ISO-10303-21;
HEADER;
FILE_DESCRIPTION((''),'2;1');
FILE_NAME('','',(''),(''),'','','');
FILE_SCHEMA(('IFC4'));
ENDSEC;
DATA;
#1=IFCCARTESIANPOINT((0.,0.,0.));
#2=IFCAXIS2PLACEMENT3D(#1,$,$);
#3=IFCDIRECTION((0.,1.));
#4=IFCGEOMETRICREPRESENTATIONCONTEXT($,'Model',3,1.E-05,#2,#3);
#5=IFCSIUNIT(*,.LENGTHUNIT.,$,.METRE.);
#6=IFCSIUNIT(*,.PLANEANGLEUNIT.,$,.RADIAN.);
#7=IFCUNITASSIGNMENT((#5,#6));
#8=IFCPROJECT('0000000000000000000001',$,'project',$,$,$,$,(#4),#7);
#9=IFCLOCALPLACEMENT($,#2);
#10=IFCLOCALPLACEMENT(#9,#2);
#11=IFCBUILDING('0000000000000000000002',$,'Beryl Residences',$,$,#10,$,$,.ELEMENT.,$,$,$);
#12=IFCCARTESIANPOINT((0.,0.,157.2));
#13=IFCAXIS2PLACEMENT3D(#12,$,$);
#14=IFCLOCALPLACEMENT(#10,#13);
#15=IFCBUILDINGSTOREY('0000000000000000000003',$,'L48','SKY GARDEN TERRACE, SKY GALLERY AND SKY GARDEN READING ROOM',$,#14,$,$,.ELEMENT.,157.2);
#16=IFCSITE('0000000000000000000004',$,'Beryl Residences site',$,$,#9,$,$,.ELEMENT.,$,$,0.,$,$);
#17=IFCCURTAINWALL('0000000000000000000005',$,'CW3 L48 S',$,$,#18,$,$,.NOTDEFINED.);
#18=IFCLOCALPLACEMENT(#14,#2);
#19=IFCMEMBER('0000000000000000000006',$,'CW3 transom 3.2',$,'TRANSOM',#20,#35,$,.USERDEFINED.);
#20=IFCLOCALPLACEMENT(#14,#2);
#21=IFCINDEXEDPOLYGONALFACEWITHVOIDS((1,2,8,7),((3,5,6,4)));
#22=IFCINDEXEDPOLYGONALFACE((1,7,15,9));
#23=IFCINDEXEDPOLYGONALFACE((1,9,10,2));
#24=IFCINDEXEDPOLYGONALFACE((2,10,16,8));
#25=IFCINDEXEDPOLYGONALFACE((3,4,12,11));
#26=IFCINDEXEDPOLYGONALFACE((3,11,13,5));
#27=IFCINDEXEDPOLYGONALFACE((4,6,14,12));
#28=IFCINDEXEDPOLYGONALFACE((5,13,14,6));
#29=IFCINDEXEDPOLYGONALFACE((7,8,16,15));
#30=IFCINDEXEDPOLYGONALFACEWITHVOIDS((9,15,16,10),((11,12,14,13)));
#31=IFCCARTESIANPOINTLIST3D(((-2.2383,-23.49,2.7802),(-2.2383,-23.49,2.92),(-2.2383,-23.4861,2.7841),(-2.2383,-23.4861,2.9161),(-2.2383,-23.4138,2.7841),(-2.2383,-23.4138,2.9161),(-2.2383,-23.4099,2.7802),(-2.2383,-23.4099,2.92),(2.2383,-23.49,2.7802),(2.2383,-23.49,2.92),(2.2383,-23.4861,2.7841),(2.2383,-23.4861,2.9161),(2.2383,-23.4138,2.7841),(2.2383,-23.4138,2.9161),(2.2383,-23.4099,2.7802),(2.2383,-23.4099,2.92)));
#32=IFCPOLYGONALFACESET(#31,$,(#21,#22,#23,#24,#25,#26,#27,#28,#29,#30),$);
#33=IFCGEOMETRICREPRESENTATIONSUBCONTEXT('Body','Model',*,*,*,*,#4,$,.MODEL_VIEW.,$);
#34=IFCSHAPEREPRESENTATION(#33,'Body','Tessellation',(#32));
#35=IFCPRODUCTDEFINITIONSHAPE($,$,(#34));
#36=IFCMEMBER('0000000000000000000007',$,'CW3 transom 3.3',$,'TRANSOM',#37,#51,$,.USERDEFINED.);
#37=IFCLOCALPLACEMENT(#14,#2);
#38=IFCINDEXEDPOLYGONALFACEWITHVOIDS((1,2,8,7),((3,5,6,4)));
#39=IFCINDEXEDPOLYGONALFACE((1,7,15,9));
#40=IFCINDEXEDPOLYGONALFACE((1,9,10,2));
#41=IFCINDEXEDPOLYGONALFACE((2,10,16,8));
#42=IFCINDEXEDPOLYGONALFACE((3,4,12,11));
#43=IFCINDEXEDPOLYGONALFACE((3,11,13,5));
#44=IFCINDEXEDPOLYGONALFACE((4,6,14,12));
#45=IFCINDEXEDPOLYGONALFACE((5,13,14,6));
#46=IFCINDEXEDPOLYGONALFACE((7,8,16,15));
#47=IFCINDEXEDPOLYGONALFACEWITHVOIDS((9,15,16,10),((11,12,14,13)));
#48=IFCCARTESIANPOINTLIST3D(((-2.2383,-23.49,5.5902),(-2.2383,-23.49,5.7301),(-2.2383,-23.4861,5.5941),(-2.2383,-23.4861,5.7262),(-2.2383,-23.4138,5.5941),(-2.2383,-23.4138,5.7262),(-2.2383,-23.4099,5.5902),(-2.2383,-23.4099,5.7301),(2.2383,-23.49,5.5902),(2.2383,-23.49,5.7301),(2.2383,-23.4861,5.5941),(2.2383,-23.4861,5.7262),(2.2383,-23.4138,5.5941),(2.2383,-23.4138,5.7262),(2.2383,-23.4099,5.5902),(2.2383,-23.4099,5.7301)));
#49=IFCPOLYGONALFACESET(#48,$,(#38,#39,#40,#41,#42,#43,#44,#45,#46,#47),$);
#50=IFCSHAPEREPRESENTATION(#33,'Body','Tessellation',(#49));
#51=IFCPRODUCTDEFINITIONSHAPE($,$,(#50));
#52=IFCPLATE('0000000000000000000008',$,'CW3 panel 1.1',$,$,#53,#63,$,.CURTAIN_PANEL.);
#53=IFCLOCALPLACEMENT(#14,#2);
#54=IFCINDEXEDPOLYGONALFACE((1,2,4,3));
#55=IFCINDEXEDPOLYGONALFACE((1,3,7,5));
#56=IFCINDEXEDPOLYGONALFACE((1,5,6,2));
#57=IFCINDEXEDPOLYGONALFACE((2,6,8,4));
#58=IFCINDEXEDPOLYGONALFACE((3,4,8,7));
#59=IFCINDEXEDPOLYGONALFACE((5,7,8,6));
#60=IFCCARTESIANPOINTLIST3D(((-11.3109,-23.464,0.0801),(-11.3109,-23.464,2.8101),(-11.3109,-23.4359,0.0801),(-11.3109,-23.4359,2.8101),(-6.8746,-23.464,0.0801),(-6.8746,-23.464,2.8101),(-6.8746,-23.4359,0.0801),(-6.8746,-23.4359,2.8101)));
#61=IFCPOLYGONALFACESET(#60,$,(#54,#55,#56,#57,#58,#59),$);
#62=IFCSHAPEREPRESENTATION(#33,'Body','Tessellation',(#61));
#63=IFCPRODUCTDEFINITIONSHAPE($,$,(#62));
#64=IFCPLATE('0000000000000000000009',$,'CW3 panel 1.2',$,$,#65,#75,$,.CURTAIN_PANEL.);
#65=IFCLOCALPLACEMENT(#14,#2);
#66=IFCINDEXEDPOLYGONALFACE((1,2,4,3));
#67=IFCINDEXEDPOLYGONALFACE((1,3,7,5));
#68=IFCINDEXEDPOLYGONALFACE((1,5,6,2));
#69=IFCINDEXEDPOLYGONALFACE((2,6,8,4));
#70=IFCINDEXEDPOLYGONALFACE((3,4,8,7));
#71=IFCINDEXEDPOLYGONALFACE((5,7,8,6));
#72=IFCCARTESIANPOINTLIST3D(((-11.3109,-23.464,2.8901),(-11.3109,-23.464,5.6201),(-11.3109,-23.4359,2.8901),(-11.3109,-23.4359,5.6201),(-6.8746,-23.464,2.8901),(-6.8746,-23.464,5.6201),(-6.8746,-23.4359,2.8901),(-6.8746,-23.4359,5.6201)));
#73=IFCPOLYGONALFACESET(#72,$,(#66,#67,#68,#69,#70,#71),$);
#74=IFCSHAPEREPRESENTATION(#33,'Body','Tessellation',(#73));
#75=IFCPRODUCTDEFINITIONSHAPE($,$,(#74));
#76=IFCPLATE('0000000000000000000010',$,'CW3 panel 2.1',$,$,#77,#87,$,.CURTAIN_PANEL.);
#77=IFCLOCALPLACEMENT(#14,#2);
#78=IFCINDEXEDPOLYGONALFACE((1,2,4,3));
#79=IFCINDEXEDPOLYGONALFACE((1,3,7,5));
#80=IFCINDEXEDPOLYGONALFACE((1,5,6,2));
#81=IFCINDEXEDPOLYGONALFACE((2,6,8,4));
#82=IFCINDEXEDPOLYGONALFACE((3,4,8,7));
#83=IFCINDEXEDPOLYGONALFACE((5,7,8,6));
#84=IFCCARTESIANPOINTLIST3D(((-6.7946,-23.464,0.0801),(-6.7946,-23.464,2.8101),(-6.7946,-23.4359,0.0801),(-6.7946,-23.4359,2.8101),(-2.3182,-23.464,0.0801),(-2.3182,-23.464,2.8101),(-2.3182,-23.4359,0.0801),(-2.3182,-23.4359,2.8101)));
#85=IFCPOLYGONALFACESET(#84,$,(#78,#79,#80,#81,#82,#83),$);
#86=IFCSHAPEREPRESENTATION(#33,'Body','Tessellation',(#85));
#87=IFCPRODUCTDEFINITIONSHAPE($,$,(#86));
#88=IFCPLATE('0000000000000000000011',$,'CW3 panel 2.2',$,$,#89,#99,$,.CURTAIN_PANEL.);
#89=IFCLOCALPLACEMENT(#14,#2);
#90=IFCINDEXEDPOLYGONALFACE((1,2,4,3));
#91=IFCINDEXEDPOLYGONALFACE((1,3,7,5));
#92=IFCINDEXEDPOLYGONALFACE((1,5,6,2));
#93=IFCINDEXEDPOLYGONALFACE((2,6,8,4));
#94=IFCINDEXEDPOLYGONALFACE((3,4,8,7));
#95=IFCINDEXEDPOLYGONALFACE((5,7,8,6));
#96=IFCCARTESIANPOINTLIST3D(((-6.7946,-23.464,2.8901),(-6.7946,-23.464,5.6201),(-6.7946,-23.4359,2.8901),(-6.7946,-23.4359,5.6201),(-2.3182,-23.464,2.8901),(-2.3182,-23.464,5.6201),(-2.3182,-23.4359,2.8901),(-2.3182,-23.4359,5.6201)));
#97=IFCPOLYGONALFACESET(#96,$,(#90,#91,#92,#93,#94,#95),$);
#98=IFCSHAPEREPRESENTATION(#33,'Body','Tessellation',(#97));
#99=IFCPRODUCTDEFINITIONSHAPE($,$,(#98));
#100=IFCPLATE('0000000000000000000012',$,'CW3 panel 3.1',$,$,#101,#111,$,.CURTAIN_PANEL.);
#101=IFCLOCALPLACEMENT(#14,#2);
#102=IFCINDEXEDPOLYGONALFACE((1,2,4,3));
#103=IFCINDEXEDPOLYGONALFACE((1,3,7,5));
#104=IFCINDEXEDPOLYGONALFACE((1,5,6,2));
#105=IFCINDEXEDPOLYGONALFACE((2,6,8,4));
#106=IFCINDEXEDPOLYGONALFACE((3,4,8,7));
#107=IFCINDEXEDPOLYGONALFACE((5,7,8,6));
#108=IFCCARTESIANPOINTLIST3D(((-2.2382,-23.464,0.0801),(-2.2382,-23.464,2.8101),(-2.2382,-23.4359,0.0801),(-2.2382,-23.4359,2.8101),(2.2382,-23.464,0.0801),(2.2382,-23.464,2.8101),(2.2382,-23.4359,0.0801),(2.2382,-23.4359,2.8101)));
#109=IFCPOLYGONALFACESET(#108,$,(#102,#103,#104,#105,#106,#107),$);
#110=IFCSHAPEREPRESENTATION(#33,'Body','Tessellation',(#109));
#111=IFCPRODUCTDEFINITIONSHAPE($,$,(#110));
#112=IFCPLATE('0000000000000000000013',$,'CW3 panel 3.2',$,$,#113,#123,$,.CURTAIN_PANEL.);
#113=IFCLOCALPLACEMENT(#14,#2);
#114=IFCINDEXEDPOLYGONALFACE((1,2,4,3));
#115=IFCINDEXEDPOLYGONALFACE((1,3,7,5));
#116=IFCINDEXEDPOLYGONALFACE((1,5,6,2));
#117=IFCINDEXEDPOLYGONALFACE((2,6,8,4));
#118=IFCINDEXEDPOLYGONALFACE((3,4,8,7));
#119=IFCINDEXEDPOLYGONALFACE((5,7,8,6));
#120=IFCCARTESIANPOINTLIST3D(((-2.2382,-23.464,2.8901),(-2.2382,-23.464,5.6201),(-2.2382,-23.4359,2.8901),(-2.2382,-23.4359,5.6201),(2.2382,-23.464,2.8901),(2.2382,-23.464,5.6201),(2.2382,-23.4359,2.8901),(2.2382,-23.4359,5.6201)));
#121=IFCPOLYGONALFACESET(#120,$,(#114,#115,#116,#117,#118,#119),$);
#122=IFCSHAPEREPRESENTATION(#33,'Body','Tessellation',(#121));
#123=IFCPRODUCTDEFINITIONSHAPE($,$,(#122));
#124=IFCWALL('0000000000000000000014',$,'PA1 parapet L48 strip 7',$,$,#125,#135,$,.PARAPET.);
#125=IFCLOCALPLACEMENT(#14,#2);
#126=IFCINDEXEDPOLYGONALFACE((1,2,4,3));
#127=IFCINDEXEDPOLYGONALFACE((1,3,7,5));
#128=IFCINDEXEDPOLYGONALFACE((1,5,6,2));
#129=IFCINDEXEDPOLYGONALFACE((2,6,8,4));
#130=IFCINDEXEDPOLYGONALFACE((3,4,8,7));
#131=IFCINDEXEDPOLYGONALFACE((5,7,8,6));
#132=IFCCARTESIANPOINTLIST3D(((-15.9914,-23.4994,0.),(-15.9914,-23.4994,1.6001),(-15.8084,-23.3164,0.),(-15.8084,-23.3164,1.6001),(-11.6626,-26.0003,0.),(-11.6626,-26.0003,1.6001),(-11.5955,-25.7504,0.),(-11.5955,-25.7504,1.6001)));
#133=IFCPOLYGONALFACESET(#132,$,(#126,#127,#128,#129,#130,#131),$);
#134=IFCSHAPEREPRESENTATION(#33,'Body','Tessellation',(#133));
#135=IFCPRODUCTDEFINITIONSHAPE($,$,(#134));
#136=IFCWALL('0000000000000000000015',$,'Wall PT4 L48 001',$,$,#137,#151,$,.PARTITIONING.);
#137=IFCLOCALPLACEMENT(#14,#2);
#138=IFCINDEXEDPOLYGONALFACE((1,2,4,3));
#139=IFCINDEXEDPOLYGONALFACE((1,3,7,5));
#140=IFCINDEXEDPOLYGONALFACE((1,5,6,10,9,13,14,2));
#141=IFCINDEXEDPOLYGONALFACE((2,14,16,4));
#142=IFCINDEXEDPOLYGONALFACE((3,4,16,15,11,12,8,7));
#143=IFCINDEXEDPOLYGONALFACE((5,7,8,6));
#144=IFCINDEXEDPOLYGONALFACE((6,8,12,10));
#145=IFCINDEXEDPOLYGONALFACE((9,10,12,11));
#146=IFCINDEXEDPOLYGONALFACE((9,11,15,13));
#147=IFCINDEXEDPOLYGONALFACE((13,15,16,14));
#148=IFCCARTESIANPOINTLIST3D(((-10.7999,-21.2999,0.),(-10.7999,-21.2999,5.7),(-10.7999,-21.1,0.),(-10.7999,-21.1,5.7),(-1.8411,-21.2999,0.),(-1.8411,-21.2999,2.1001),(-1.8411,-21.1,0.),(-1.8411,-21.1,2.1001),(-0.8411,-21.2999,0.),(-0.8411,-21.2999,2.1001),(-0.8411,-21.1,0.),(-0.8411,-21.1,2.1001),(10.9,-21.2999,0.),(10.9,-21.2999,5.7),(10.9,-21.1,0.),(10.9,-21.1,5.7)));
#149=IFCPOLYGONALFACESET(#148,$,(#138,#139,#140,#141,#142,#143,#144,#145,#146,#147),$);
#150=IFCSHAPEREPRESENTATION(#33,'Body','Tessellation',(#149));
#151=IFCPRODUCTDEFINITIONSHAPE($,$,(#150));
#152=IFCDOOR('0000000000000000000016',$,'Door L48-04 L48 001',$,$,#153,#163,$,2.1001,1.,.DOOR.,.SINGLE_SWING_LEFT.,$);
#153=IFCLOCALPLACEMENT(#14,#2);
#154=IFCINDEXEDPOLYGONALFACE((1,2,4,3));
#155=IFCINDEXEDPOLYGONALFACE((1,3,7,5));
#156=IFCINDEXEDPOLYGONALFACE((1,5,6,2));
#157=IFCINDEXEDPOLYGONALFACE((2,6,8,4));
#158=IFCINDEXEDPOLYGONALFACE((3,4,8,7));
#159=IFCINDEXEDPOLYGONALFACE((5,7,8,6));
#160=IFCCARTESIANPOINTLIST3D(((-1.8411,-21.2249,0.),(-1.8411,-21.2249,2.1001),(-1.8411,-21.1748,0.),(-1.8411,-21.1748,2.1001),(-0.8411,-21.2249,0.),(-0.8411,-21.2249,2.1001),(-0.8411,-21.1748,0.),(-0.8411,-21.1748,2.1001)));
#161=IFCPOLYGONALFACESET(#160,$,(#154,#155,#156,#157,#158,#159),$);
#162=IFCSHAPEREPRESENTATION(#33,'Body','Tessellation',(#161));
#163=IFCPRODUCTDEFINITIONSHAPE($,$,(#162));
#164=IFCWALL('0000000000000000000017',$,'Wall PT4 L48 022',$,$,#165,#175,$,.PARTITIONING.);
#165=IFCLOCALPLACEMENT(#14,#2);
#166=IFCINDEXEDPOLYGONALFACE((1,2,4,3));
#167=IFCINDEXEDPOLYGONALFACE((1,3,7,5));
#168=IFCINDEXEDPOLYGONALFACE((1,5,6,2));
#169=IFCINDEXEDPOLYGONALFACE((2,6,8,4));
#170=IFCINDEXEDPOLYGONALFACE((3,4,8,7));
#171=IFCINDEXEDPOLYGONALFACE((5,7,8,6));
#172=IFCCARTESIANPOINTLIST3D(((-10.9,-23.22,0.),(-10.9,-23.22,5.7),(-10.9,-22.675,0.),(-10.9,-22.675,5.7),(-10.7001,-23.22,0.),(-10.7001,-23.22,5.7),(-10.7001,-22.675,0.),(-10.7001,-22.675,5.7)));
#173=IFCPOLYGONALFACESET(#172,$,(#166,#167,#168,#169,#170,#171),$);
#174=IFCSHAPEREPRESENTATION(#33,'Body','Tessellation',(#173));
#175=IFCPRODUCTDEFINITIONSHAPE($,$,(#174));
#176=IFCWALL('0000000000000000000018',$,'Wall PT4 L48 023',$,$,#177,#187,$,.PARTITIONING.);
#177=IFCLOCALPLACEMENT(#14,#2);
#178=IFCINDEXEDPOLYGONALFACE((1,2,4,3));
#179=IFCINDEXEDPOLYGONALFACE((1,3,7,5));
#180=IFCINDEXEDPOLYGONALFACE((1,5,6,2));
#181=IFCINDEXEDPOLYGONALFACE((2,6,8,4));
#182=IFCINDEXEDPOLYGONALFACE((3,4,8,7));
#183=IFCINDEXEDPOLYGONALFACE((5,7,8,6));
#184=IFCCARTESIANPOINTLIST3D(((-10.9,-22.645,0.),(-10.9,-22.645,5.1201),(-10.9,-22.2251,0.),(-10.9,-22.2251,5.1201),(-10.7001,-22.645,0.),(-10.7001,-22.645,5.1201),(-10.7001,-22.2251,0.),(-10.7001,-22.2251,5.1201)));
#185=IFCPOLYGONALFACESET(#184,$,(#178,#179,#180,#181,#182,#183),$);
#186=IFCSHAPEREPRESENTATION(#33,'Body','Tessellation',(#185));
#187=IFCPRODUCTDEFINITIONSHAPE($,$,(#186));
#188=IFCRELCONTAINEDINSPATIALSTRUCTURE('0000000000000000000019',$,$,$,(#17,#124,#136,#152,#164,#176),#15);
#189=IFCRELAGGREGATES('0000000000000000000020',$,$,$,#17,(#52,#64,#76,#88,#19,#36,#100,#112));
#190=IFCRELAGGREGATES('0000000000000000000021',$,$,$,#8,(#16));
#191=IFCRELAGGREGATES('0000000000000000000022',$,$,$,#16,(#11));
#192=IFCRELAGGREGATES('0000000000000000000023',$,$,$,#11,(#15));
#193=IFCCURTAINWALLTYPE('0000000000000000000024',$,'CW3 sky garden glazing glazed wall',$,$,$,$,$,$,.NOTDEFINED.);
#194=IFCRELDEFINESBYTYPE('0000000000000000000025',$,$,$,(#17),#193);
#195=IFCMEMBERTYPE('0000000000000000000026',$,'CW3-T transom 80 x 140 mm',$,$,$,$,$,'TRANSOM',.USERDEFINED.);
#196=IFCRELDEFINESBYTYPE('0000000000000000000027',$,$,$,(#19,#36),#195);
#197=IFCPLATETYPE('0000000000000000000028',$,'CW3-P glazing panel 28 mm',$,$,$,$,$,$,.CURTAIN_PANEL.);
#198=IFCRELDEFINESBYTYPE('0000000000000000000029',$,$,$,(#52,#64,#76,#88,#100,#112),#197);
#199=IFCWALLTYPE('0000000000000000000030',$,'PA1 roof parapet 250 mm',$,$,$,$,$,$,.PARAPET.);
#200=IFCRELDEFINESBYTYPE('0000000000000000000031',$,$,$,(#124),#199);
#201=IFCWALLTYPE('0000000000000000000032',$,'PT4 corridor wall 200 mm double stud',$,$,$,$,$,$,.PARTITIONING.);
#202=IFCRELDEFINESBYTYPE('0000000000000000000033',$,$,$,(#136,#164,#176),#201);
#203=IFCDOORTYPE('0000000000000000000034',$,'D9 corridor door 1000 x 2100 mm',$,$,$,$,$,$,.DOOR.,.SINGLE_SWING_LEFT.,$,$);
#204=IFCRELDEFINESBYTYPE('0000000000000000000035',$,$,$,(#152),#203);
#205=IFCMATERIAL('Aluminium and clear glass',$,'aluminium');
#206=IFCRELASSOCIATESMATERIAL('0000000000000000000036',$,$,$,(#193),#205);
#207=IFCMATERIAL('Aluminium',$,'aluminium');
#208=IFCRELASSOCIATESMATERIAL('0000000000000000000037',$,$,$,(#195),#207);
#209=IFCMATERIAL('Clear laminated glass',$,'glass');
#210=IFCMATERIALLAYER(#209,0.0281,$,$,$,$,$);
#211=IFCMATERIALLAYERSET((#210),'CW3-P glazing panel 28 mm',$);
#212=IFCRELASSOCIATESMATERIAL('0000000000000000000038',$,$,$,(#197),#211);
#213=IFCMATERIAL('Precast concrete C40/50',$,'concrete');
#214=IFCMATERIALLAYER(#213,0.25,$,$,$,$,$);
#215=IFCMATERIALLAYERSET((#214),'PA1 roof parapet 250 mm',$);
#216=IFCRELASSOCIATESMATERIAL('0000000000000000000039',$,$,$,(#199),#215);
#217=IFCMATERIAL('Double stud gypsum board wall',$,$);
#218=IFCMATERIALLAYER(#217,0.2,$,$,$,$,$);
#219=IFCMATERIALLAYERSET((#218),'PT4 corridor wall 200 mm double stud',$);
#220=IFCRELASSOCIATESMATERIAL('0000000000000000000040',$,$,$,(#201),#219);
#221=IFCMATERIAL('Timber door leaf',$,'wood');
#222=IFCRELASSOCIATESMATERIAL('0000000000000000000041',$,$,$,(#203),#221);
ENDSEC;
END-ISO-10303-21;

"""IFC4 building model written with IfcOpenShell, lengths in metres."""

from ifc_helpers import new_model, si_unit, direction, frame, frame_2d, origin, origin_2d, place, context, subcontext, project, spatial, polyline, rectangle, hollow_rectangle, outline, extrude, material, layer, layer_set, material_profile, profile_set, type_object, element, fill, aggregate, save


model = new_model("IFC4")

# Units and contexts
model_context = context("Model", 3, precision=1e-05, world=origin(), true_north=direction((0.0, 1.0)))
body_context = subcontext(model_context, "Body", "Model", "MODEL_VIEW")
ifc_project = project(units=[si_unit("LENGTHUNIT", "METRE"), si_unit("PLANEANGLEUNIT", "RADIAN")], contexts=[model_context])

# Site, building, storey
site_placement = place(None, origin())
site = spatial("IfcSite", under=ifc_project, at=site_placement, Name="Beryl Residences site", CompositionType="ELEMENT", RefElevation=0.0)
building_placement = place(site_placement, origin())
building = spatial("IfcBuilding", under=site, at=building_placement, Name="Beryl Residences", CompositionType="ELEMENT")
storey_placement = place(building_placement, frame((0.0, 0.0, 157.2)))
storey = spatial("IfcBuildingStorey", under=building, at=storey_placement, Name="L48", Description="SKY GARDEN TERRACE, SKY GALLERY AND SKY GARDEN READING ROOM", CompositionType="ELEMENT", Elevation=157.2)

# Curtain wall, members, plates
ifc_material_1 = material(Name="Aluminium and clear glass", Category="aluminium")
curtain_wall_type = type_object("IfcCurtainWallType", Name="CW3 sky garden glazing glazed wall", PredefinedType="NOTDEFINED", material=ifc_material_1)
curtain_wall_placement = place(storey_placement, origin())
curtain_wall = element("IfcCurtainWall", 1, at=curtain_wall_placement, inside=storey, type_object=curtain_wall_type, Name="CW3 L48 S", PredefinedType="NOTDEFINED")
ifc_material_2 = material(Name="Aluminium", Category="aluminium")
ifc_material_profile_1 = material_profile(ifc_material_2, hollow_rectangle(XDim=0.0801, YDim=0.1399, WallThickness=0.0039, at=origin_2d()))
ifc_profile_set_1 = profile_set([ifc_material_profile_1], Name="Aluminium")
member_type_1 = type_object("IfcMemberType", Name="CW3-T transom 80 x 140 mm", ElementType="TRANSOM", PredefinedType="USERDEFINED", material=ifc_profile_set_1)
member_1_placement = place(storey_placement, frame((-2.2383, -23.45, 2.8501), z_axis=(1.0, 0.0, 0.0), x_axis=(0.0, 1.0, 0.0)))
member_1 = element("IfcMember", 2, at=member_1_placement, type_object=member_type_1, Name="CW3 transom 3.2", ObjectType="TRANSOM", PredefinedType="USERDEFINED", context=body_context, shape_type="SweptSolid", body=[
    extrude(hollow_rectangle(XDim=0.0801, YDim=0.1399, WallThickness=0.0039, at=origin_2d()), origin(), (0.0, 0.0, 1.0), 4.4766),
])
member_2_placement = place(storey_placement, frame((-2.2383, -23.45, 5.6602), z_axis=(1.0, 0.0, 0.0), x_axis=(0.0, 1.0, 0.0)))
member_2 = element("IfcMember", 3, at=member_2_placement, type_object=member_type_1, Name="CW3 transom 3.3", ObjectType="TRANSOM", PredefinedType="USERDEFINED", context=body_context, shape_type="SweptSolid", body=[
    extrude(hollow_rectangle(XDim=0.0801, YDim=0.1399, WallThickness=0.0039, at=origin_2d()), origin(), (0.0, 0.0, 1.0), 4.4766),
])
ifc_material_3 = material(Name="Clear laminated glass", Category="glass")
ifc_layer_1 = layer(ifc_material_3, 0.0281)
ifc_layer_set_1 = layer_set([ifc_layer_1], Name="CW3-P glazing panel 28 mm")
plate_type = type_object("IfcPlateType", Name="CW3-P glazing panel 28 mm", PredefinedType="CURTAIN_PANEL", material=ifc_layer_set_1)
plate_1_placement = place(storey_placement, frame((-9.0928, -23.45, 0.0801), z_axis=(0.0, 0.0, 1.0), x_axis=(1.0, 0.0, 0.0)))
plate_1 = element("IfcPlate", 4, at=plate_1_placement, type_object=plate_type, Name="CW3 panel 1.1", PredefinedType="CURTAIN_PANEL", context=body_context, shape_type="SweptSolid", body=[
    extrude(rectangle(XDim=4.4363, YDim=0.0281, at=origin_2d()), origin(), (0.0, 0.0, 1.0), 2.73),
])
plate_2_placement = place(storey_placement, frame((-9.0928, -23.45, 2.8901), z_axis=(0.0, 0.0, 1.0), x_axis=(1.0, 0.0, 0.0)))
plate_2 = element("IfcPlate", 5, at=plate_2_placement, type_object=plate_type, Name="CW3 panel 1.2", PredefinedType="CURTAIN_PANEL", context=body_context, shape_type="SweptSolid", body=[
    extrude(rectangle(XDim=4.4363, YDim=0.0281, at=origin_2d()), origin(), (0.0, 0.0, 1.0), 2.73),
])
plate_3_placement = place(storey_placement, frame((-4.5564, -23.45, 0.0801), z_axis=(0.0, 0.0, 1.0), x_axis=(1.0, 0.0, 0.0)))
plate_3 = element("IfcPlate", 6, at=plate_3_placement, type_object=plate_type, Name="CW3 panel 2.1", PredefinedType="CURTAIN_PANEL", context=body_context, shape_type="SweptSolid", body=[
    extrude(rectangle(XDim=4.4763, YDim=0.0281, at=origin_2d()), origin(), (0.0, 0.0, 1.0), 2.73),
])
plate_4_placement = place(storey_placement, frame((-4.5564, -23.45, 2.8901), z_axis=(0.0, 0.0, 1.0), x_axis=(1.0, 0.0, 0.0)))
plate_4 = element("IfcPlate", 7, at=plate_4_placement, type_object=plate_type, Name="CW3 panel 2.2", PredefinedType="CURTAIN_PANEL", context=body_context, shape_type="SweptSolid", body=[
    extrude(rectangle(XDim=4.4763, YDim=0.0281, at=origin_2d()), origin(), (0.0, 0.0, 1.0), 2.73),
])
plate_5_placement = place(storey_placement, frame((0.0, -23.45, 0.0801), z_axis=(0.0, 0.0, 1.0), x_axis=(1.0, 0.0, 0.0)))
plate_5 = element("IfcPlate", 8, at=plate_5_placement, type_object=plate_type, Name="CW3 panel 3.1", PredefinedType="CURTAIN_PANEL", context=body_context, shape_type="SweptSolid", body=[
    extrude(rectangle(XDim=4.4763, YDim=0.0281, at=origin_2d()), origin(), (0.0, 0.0, 1.0), 2.73),
])
plate_6_placement = place(storey_placement, frame((0.0, -23.45, 2.8901), z_axis=(0.0, 0.0, 1.0), x_axis=(1.0, 0.0, 0.0)))
plate_6 = element("IfcPlate", 9, at=plate_6_placement, type_object=plate_type, Name="CW3 panel 3.2", PredefinedType="CURTAIN_PANEL", context=body_context, shape_type="SweptSolid", body=[
    extrude(rectangle(XDim=4.4763, YDim=0.0281, at=origin_2d()), origin(), (0.0, 0.0, 1.0), 2.73),
])
aggregate(curtain_wall, [plate_1, plate_2, plate_3, plate_4, member_1, member_2, plate_5, plate_6])

# Wall
ifc_material_4 = material(Name="Precast concrete C40/50", Category="concrete")
ifc_layer_2 = layer(ifc_material_4, 0.25)
ifc_layer_set_2 = layer_set([ifc_layer_2], Name="PA1 roof parapet 250 mm")
wall_type_1 = type_object("IfcWallType", Name="PA1 roof parapet 250 mm", PredefinedType="PARAPET", material=ifc_layer_set_2)
wall_1_placement = place(storey_placement, frame((-11.6001, -25.8921, 0.0), z_axis=(0.0, 0.0, 1.0), x_axis=(-0.865877, 0.500256, 0.0)))
element("IfcWall", 10, at=wall_1_placement, inside=storey, type_object=wall_type_1, Name="PA1 parapet L48 strip 7", PredefinedType="PARAPET", context=body_context, shape_type="SweptSolid", body=[
    extrude(outline(polyline([(0.0669, -0.125), (4.9324, -0.125), (4.9993, 0.125), (0.0, 0.125), (0.0669, -0.125)])), origin(), (0.0, 0.0, 1.0), 1.6001),
])

# Wall, opening, door
ifc_material_5 = material(Name="Double stud gypsum board wall")
ifc_layer_3 = layer(ifc_material_5, 0.2)
ifc_layer_set_3 = layer_set([ifc_layer_3], Name="PT4 corridor wall 200 mm double stud")
wall_type_2 = type_object("IfcWallType", Name="PT4 corridor wall 200 mm double stud", PredefinedType="PARTITIONING", material=ifc_layer_set_3)
wall_2_placement = place(storey_placement, frame((-10.8, -21.2, 0.0), z_axis=(0.0, 0.0, 1.0), x_axis=(1.0, 0.0, 0.0)))
wall_2 = element("IfcWall", 11, at=wall_2_placement, inside=storey, type_object=wall_type_2, Name="Wall PT4 L48 001", PredefinedType="PARTITIONING", context=body_context, shape_type="SweptSolid", body=[
    extrude(rectangle(XDim=21.7, YDim=0.2, at=frame_2d((10.8501, 0.0))), origin(), (0.0, 0.0, 1.0), 5.7),
])
opening_placement = place(wall_2_placement, frame((9.959, 0.0, 0.0), z_axis=(0.0, 0.0, 1.0), x_axis=(-1.0, 0.0, 0.0)))
opening = element("IfcOpeningElement", 12, at=opening_placement, cuts=wall_2, PredefinedType="OPENING", context=body_context, shape_type="SweptSolid", body=[
    extrude(rectangle(XDim=1.0, YDim=2.1001, at=frame_2d((0.5, 1.05))), frame((0.0, 0.1099, 0.0), z_axis=(0.0, -1.0, 0.0), x_axis=(1.0, 0.0, 0.0)), (0.0, 0.0, 1.0), 0.22),
])
ifc_material_6 = material(Name="Timber door leaf", Category="wood")
door_type = type_object("IfcDoorType", Name="D9 corridor door 1000 x 2100 mm", OperationType="SINGLE_SWING_LEFT", PredefinedType="DOOR", material=ifc_material_6)
door_placement = place(opening_placement, origin())
door = element("IfcDoor", 13, at=door_placement, inside=storey, type_object=door_type, Name="Door L48-04 L48 001", OperationType="SINGLE_SWING_LEFT", OverallHeight=2.1001, OverallWidth=1.0, PredefinedType="DOOR", context=body_context, shape_type="SweptSolid", body=[
    extrude(rectangle(XDim=1.0, YDim=2.1001, at=frame_2d((0.5, 1.05))), frame((0.0, 0.0249, 0.0), z_axis=(0.0, -1.0, 0.0), x_axis=(1.0, 0.0, 0.0)), (0.0, 0.0, 1.0), 0.05),
])
fill(opening, door)

# Walls
wall_3_placement = place(storey_placement, frame((-10.8, -23.22, 0.0), z_axis=(0.0, 0.0, 1.0), x_axis=(0.0, 1.0, 0.0)))
element("IfcWall", 14, at=wall_3_placement, inside=storey, type_object=wall_type_2, Name="Wall PT4 L48 022", PredefinedType="PARTITIONING", context=body_context, shape_type="SweptSolid", body=[
    extrude(rectangle(XDim=0.5449, YDim=0.2, at=frame_2d((0.2725, 0.0))), origin(), (0.0, 0.0, 1.0), 5.7),
])
wall_4_placement = place(storey_placement, frame((-10.8, -22.645, 0.0), z_axis=(0.0, 0.0, 1.0), x_axis=(0.0, 1.0, 0.0)))
element("IfcWall", 15, at=wall_4_placement, inside=storey, type_object=wall_type_2, Name="Wall PT4 L48 023", PredefinedType="PARTITIONING", context=body_context, shape_type="SweptSolid", body=[
    extrude(rectangle(XDim=0.4199, YDim=0.2, at=frame_2d((0.21, 0.0))), origin(), (0.0, 0.0, 1.0), 5.1201),
])

save(model, "model.ifc")
